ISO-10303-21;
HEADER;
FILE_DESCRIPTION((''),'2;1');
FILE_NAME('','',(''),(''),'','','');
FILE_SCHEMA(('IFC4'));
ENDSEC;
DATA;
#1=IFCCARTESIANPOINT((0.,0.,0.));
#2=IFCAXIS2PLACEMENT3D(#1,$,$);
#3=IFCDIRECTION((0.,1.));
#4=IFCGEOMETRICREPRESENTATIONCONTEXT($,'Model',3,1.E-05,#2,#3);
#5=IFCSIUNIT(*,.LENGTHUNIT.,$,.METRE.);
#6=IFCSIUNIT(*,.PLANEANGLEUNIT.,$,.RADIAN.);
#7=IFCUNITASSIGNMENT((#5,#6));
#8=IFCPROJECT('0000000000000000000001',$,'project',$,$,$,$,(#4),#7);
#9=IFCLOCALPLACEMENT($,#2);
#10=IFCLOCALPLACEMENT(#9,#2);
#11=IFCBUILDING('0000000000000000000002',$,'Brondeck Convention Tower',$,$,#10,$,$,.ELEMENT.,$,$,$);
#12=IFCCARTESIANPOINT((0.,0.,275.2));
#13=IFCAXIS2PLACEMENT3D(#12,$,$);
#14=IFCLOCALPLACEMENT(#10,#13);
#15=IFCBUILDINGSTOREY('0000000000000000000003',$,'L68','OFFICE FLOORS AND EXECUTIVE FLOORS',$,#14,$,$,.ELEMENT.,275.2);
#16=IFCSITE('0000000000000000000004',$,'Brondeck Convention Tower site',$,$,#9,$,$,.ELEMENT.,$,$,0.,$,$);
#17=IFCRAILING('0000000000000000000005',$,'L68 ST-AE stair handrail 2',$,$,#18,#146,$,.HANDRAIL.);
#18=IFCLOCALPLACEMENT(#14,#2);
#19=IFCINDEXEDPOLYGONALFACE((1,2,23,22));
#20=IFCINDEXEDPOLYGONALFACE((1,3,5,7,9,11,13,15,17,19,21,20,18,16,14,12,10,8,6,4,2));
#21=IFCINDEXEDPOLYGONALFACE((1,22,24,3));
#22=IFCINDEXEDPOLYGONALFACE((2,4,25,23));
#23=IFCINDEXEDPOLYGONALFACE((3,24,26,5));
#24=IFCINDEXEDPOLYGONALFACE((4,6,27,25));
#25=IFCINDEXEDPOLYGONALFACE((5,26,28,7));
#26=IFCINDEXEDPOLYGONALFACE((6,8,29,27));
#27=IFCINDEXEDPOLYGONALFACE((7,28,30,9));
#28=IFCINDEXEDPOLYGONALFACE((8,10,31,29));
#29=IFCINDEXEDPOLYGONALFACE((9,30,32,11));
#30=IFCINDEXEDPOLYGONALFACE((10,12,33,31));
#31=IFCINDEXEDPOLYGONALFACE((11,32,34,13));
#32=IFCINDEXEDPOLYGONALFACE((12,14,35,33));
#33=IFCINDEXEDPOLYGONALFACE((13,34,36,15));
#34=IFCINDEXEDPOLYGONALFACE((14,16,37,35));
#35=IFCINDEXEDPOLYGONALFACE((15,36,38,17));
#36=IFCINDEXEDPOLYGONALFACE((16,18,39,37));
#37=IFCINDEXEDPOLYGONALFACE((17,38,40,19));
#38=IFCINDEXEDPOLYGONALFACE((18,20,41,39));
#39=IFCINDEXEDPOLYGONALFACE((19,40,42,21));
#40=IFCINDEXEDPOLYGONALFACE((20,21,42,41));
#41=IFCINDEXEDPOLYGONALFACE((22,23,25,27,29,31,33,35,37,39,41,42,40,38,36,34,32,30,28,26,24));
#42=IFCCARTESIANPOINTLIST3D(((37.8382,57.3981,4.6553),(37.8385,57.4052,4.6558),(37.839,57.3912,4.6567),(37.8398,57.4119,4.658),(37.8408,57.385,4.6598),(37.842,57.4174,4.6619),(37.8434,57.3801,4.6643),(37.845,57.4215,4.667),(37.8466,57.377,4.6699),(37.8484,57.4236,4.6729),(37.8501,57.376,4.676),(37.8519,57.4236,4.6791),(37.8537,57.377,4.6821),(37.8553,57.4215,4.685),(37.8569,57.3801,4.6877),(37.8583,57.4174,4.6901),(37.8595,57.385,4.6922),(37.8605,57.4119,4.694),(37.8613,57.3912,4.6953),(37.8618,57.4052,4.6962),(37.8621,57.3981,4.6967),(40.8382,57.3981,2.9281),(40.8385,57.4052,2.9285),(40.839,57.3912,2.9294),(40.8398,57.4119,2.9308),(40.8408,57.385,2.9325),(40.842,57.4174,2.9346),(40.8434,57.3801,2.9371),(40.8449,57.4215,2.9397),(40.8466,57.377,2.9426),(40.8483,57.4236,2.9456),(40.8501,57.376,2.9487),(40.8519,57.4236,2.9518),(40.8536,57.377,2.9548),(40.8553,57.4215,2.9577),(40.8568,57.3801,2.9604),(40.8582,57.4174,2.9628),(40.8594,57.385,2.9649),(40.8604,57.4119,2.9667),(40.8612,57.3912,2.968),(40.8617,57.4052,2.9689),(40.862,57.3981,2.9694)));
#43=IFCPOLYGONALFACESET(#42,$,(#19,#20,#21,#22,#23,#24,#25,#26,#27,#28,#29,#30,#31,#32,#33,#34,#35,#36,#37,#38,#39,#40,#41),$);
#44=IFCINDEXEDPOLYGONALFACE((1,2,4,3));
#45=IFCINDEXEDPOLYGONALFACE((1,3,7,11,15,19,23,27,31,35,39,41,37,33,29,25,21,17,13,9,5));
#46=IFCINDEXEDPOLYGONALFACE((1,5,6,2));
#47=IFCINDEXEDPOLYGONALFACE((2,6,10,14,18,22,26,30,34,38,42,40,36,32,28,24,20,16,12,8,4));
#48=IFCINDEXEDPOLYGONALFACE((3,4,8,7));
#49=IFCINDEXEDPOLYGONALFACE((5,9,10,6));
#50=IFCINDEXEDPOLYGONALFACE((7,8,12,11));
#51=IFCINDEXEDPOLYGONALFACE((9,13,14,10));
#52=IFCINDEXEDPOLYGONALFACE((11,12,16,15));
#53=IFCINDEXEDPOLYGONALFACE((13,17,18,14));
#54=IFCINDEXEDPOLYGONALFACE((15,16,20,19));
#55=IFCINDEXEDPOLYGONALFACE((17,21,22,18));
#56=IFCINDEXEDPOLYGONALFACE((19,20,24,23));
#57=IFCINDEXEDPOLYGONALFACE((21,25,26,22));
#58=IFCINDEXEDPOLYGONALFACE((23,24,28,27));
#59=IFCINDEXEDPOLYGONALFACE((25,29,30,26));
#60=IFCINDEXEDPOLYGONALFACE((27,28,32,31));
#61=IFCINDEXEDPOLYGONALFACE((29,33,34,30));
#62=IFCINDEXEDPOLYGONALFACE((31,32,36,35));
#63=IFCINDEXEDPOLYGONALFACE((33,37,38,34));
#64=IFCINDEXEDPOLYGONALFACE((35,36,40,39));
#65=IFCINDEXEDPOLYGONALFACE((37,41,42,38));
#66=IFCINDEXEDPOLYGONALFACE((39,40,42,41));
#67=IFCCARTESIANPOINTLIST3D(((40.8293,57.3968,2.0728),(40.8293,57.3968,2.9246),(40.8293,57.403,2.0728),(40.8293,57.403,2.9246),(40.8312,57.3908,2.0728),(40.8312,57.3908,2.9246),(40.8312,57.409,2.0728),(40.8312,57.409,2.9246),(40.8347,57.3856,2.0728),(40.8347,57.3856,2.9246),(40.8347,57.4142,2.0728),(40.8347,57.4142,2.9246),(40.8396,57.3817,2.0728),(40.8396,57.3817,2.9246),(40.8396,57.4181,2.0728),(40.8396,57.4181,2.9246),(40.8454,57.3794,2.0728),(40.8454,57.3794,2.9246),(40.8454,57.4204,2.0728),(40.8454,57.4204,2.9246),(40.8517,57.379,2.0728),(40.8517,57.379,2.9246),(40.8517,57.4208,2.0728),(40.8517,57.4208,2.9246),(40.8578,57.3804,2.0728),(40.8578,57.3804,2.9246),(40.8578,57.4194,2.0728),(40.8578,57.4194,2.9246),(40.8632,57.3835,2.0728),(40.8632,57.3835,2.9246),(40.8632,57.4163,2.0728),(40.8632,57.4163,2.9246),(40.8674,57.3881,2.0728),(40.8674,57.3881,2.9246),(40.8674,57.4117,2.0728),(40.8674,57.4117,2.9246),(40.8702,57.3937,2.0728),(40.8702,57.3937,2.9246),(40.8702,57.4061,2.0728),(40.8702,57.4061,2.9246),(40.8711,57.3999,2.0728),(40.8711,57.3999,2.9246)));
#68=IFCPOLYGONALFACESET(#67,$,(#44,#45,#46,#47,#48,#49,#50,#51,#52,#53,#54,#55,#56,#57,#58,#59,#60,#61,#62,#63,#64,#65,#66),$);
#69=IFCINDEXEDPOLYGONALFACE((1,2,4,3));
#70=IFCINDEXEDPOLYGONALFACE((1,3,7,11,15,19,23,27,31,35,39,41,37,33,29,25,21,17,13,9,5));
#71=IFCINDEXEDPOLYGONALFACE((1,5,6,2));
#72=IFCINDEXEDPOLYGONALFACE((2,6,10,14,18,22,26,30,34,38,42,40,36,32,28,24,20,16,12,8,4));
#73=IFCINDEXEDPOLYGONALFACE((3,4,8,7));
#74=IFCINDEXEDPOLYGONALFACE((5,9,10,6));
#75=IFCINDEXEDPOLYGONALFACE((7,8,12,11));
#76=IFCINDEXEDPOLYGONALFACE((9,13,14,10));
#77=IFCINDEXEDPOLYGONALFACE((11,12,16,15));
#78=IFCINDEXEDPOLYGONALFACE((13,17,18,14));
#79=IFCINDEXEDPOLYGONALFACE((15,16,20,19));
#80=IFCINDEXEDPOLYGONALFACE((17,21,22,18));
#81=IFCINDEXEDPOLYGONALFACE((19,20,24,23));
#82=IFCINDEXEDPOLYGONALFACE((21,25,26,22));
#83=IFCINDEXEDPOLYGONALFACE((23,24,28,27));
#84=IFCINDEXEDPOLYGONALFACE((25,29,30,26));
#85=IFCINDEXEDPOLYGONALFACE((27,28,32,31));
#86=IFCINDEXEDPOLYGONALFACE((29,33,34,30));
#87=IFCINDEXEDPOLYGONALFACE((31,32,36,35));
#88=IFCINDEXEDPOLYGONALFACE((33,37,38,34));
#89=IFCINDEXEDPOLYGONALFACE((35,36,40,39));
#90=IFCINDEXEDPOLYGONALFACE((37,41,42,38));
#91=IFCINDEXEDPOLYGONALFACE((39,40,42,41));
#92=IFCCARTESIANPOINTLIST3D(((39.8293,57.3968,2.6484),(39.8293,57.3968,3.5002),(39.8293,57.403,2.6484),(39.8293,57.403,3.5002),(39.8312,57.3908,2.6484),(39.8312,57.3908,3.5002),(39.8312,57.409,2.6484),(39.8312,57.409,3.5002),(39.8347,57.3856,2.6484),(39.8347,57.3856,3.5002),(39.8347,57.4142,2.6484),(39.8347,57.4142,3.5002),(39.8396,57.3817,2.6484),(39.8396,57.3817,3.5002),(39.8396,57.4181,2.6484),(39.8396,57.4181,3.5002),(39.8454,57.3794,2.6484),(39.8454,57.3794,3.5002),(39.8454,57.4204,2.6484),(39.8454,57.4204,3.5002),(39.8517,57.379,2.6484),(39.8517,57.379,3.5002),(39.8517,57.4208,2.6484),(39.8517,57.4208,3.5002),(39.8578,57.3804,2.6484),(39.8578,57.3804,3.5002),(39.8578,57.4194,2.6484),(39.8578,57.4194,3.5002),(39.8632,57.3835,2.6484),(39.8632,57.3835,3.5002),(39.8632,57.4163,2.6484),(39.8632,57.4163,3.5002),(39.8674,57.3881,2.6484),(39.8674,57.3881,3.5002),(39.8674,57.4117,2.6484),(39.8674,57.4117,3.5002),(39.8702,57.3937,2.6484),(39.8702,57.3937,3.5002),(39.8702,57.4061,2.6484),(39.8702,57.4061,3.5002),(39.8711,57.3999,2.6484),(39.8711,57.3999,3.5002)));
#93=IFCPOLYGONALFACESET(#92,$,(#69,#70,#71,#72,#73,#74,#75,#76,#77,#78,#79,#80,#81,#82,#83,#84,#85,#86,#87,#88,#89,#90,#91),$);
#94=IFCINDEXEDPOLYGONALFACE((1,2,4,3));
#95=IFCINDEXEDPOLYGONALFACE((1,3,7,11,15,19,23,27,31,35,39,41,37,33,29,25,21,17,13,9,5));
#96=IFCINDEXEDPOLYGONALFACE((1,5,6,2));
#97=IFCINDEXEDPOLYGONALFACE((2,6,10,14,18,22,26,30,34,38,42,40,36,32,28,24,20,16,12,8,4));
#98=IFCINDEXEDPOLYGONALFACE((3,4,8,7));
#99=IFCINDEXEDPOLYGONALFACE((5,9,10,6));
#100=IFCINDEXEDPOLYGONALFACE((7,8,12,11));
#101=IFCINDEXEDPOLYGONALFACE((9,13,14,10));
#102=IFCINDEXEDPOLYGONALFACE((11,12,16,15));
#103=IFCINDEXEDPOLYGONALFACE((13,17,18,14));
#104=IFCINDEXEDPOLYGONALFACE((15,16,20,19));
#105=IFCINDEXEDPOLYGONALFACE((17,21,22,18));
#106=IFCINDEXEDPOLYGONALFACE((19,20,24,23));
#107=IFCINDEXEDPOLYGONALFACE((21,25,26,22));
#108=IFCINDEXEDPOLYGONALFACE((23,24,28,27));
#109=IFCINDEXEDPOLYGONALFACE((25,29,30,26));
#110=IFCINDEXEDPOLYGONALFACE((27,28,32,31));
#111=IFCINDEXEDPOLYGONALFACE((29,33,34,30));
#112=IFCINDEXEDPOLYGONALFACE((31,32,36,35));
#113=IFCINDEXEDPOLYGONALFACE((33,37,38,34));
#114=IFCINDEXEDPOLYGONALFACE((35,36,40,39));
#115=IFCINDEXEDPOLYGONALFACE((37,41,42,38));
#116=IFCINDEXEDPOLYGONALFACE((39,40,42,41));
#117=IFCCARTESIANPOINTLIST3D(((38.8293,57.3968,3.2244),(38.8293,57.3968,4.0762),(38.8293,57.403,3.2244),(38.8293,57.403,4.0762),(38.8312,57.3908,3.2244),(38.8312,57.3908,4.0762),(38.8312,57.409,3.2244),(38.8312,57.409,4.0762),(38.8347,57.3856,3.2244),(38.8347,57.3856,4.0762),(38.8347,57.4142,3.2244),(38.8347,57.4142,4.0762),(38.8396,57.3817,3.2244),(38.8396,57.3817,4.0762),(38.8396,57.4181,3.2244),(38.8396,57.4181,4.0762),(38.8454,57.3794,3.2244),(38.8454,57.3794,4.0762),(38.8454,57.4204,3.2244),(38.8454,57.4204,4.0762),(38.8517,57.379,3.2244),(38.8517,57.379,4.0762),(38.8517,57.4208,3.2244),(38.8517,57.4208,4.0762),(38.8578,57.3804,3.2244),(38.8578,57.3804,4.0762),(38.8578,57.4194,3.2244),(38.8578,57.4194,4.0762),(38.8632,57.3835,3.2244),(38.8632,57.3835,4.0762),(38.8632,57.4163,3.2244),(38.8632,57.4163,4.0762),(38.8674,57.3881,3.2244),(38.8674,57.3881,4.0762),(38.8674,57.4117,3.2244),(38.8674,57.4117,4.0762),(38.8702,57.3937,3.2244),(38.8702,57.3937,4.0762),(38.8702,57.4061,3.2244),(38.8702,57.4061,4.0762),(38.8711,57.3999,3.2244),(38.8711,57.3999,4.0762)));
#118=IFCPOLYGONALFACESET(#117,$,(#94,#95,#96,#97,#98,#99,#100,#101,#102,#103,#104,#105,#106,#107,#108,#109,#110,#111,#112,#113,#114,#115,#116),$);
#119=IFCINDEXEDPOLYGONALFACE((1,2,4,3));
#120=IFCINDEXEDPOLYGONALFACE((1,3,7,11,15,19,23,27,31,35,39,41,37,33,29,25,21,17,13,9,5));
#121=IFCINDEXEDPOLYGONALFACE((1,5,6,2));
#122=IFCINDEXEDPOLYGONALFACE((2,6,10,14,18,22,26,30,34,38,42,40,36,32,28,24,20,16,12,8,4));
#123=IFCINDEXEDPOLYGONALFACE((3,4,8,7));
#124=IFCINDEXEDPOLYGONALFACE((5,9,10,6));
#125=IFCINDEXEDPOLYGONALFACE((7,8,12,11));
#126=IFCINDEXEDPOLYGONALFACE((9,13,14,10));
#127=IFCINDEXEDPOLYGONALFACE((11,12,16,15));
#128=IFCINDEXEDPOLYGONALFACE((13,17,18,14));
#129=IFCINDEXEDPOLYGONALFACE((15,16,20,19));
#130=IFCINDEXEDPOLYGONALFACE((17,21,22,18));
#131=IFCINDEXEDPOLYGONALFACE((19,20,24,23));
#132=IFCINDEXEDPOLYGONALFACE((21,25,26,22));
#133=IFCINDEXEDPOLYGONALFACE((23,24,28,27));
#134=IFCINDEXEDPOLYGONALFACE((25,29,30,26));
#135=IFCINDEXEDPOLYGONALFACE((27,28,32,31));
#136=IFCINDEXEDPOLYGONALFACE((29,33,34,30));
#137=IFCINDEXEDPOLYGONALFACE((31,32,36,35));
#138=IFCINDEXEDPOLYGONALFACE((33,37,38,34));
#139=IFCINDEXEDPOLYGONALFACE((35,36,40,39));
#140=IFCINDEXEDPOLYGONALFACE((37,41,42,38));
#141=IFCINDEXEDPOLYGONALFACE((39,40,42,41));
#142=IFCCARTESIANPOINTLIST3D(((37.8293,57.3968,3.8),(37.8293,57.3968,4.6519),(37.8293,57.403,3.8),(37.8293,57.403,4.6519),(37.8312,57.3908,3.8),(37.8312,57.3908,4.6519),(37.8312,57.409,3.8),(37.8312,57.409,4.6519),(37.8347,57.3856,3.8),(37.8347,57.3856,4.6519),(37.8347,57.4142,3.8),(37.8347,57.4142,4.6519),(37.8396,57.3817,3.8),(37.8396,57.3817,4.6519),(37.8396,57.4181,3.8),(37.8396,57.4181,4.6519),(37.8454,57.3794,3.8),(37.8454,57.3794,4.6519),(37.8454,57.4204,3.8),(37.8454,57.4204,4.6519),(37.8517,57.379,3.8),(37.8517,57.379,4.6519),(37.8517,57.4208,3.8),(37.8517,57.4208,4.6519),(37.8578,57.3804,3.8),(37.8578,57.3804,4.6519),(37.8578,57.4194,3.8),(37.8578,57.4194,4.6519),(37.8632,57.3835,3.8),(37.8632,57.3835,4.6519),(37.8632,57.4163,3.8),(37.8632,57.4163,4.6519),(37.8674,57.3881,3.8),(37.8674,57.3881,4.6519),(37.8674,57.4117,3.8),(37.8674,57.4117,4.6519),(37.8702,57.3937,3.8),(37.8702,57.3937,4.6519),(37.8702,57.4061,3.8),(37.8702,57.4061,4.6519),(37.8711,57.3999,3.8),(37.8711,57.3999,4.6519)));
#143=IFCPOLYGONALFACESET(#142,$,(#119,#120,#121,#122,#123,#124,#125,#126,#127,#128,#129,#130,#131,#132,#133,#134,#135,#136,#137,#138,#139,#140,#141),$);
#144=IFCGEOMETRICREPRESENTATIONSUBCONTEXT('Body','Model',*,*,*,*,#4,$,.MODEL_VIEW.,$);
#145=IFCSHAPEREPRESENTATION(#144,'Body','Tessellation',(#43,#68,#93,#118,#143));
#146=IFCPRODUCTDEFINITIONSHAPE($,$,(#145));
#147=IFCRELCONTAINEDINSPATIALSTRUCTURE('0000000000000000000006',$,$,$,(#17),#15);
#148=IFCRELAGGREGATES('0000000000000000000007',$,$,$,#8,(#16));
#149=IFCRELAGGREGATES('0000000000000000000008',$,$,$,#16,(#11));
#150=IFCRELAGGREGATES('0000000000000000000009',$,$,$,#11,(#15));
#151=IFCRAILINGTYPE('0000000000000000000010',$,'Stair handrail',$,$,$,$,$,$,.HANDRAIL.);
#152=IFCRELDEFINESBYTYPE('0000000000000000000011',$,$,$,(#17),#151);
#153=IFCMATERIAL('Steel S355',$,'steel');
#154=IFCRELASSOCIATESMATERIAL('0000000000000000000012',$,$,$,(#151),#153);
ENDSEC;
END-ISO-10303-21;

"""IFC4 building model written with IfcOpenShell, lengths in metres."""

from ifc_helpers import new_model, si_unit, direction, frame, origin, origin_2d, place, context, subcontext, project, spatial, circle, extrude, material, type_object, element, save


model = new_model("IFC4")

# Units and contexts
model_context = context("Model", 3, precision=1e-05, world=origin(), true_north=direction((0.0, 1.0)))
body_context = subcontext(model_context, "Body", "Model", "MODEL_VIEW")
ifc_project = project(units=[si_unit("LENGTHUNIT", "METRE"), si_unit("PLANEANGLEUNIT", "RADIAN")], contexts=[model_context])

# Site, building, storey
site_placement = place(None, origin())
site = spatial("IfcSite", under=ifc_project, at=site_placement, Name="Brondeck Convention Tower site", CompositionType="ELEMENT", RefElevation=0.0)
building_placement = place(site_placement, origin())
building = spatial("IfcBuilding", under=site, at=building_placement, Name="Brondeck Convention Tower", CompositionType="ELEMENT")
storey_placement = place(building_placement, frame((0.0, 0.0, 275.2)))
storey = spatial("IfcBuildingStorey", under=building, at=storey_placement, Name="L68", Description="OFFICE FLOORS AND EXECUTIVE FLOORS", CompositionType="ELEMENT", Elevation=275.2)

# Shared definitions
ifc_material_1 = material(Name="Steel S355", Category="steel")

# Railing
railing_type = type_object("IfcRailingType", Name="Stair handrail", PredefinedType="HANDRAIL", material=ifc_material_1)
railing_placement = place(storey_placement, frame((40.8501, 57.3999, 2.0728)))
element("IfcRailing", 1, at=railing_placement, inside=storey, type_object=railing_type, Name="L68 ST-AE stair handrail 2", PredefinedType="HANDRAIL", context=body_context, shape_type="SweptSolid", body=[
    extrude(circle(Radius=0.0239, at=origin_2d()), frame((0.0, 0.0, 0.876), z_axis=(-0.86662, 0.0, 0.498969), x_axis=(0.0, -1.0, 0.0)), (0.0, 0.0, 1.0), 3.4617),
    extrude(circle(Radius=0.021, at=origin_2d()), origin(), (0.0, 0.0, 1.0), 0.8518),
    extrude(circle(Radius=0.021, at=origin_2d()), frame((-1.0, 0.0, 0.5757)), (0.0, 0.0, 1.0), 0.8518),
    extrude(circle(Radius=0.021, at=origin_2d()), frame((-2.0, 0.0, 1.1516)), (0.0, 0.0, 1.0), 0.8518),
    extrude(circle(Radius=0.021, at=origin_2d()), frame((-3.0, 0.0, 1.7273)), (0.0, 0.0, 1.0), 0.8518),
])

save(model, "model.ifc")
